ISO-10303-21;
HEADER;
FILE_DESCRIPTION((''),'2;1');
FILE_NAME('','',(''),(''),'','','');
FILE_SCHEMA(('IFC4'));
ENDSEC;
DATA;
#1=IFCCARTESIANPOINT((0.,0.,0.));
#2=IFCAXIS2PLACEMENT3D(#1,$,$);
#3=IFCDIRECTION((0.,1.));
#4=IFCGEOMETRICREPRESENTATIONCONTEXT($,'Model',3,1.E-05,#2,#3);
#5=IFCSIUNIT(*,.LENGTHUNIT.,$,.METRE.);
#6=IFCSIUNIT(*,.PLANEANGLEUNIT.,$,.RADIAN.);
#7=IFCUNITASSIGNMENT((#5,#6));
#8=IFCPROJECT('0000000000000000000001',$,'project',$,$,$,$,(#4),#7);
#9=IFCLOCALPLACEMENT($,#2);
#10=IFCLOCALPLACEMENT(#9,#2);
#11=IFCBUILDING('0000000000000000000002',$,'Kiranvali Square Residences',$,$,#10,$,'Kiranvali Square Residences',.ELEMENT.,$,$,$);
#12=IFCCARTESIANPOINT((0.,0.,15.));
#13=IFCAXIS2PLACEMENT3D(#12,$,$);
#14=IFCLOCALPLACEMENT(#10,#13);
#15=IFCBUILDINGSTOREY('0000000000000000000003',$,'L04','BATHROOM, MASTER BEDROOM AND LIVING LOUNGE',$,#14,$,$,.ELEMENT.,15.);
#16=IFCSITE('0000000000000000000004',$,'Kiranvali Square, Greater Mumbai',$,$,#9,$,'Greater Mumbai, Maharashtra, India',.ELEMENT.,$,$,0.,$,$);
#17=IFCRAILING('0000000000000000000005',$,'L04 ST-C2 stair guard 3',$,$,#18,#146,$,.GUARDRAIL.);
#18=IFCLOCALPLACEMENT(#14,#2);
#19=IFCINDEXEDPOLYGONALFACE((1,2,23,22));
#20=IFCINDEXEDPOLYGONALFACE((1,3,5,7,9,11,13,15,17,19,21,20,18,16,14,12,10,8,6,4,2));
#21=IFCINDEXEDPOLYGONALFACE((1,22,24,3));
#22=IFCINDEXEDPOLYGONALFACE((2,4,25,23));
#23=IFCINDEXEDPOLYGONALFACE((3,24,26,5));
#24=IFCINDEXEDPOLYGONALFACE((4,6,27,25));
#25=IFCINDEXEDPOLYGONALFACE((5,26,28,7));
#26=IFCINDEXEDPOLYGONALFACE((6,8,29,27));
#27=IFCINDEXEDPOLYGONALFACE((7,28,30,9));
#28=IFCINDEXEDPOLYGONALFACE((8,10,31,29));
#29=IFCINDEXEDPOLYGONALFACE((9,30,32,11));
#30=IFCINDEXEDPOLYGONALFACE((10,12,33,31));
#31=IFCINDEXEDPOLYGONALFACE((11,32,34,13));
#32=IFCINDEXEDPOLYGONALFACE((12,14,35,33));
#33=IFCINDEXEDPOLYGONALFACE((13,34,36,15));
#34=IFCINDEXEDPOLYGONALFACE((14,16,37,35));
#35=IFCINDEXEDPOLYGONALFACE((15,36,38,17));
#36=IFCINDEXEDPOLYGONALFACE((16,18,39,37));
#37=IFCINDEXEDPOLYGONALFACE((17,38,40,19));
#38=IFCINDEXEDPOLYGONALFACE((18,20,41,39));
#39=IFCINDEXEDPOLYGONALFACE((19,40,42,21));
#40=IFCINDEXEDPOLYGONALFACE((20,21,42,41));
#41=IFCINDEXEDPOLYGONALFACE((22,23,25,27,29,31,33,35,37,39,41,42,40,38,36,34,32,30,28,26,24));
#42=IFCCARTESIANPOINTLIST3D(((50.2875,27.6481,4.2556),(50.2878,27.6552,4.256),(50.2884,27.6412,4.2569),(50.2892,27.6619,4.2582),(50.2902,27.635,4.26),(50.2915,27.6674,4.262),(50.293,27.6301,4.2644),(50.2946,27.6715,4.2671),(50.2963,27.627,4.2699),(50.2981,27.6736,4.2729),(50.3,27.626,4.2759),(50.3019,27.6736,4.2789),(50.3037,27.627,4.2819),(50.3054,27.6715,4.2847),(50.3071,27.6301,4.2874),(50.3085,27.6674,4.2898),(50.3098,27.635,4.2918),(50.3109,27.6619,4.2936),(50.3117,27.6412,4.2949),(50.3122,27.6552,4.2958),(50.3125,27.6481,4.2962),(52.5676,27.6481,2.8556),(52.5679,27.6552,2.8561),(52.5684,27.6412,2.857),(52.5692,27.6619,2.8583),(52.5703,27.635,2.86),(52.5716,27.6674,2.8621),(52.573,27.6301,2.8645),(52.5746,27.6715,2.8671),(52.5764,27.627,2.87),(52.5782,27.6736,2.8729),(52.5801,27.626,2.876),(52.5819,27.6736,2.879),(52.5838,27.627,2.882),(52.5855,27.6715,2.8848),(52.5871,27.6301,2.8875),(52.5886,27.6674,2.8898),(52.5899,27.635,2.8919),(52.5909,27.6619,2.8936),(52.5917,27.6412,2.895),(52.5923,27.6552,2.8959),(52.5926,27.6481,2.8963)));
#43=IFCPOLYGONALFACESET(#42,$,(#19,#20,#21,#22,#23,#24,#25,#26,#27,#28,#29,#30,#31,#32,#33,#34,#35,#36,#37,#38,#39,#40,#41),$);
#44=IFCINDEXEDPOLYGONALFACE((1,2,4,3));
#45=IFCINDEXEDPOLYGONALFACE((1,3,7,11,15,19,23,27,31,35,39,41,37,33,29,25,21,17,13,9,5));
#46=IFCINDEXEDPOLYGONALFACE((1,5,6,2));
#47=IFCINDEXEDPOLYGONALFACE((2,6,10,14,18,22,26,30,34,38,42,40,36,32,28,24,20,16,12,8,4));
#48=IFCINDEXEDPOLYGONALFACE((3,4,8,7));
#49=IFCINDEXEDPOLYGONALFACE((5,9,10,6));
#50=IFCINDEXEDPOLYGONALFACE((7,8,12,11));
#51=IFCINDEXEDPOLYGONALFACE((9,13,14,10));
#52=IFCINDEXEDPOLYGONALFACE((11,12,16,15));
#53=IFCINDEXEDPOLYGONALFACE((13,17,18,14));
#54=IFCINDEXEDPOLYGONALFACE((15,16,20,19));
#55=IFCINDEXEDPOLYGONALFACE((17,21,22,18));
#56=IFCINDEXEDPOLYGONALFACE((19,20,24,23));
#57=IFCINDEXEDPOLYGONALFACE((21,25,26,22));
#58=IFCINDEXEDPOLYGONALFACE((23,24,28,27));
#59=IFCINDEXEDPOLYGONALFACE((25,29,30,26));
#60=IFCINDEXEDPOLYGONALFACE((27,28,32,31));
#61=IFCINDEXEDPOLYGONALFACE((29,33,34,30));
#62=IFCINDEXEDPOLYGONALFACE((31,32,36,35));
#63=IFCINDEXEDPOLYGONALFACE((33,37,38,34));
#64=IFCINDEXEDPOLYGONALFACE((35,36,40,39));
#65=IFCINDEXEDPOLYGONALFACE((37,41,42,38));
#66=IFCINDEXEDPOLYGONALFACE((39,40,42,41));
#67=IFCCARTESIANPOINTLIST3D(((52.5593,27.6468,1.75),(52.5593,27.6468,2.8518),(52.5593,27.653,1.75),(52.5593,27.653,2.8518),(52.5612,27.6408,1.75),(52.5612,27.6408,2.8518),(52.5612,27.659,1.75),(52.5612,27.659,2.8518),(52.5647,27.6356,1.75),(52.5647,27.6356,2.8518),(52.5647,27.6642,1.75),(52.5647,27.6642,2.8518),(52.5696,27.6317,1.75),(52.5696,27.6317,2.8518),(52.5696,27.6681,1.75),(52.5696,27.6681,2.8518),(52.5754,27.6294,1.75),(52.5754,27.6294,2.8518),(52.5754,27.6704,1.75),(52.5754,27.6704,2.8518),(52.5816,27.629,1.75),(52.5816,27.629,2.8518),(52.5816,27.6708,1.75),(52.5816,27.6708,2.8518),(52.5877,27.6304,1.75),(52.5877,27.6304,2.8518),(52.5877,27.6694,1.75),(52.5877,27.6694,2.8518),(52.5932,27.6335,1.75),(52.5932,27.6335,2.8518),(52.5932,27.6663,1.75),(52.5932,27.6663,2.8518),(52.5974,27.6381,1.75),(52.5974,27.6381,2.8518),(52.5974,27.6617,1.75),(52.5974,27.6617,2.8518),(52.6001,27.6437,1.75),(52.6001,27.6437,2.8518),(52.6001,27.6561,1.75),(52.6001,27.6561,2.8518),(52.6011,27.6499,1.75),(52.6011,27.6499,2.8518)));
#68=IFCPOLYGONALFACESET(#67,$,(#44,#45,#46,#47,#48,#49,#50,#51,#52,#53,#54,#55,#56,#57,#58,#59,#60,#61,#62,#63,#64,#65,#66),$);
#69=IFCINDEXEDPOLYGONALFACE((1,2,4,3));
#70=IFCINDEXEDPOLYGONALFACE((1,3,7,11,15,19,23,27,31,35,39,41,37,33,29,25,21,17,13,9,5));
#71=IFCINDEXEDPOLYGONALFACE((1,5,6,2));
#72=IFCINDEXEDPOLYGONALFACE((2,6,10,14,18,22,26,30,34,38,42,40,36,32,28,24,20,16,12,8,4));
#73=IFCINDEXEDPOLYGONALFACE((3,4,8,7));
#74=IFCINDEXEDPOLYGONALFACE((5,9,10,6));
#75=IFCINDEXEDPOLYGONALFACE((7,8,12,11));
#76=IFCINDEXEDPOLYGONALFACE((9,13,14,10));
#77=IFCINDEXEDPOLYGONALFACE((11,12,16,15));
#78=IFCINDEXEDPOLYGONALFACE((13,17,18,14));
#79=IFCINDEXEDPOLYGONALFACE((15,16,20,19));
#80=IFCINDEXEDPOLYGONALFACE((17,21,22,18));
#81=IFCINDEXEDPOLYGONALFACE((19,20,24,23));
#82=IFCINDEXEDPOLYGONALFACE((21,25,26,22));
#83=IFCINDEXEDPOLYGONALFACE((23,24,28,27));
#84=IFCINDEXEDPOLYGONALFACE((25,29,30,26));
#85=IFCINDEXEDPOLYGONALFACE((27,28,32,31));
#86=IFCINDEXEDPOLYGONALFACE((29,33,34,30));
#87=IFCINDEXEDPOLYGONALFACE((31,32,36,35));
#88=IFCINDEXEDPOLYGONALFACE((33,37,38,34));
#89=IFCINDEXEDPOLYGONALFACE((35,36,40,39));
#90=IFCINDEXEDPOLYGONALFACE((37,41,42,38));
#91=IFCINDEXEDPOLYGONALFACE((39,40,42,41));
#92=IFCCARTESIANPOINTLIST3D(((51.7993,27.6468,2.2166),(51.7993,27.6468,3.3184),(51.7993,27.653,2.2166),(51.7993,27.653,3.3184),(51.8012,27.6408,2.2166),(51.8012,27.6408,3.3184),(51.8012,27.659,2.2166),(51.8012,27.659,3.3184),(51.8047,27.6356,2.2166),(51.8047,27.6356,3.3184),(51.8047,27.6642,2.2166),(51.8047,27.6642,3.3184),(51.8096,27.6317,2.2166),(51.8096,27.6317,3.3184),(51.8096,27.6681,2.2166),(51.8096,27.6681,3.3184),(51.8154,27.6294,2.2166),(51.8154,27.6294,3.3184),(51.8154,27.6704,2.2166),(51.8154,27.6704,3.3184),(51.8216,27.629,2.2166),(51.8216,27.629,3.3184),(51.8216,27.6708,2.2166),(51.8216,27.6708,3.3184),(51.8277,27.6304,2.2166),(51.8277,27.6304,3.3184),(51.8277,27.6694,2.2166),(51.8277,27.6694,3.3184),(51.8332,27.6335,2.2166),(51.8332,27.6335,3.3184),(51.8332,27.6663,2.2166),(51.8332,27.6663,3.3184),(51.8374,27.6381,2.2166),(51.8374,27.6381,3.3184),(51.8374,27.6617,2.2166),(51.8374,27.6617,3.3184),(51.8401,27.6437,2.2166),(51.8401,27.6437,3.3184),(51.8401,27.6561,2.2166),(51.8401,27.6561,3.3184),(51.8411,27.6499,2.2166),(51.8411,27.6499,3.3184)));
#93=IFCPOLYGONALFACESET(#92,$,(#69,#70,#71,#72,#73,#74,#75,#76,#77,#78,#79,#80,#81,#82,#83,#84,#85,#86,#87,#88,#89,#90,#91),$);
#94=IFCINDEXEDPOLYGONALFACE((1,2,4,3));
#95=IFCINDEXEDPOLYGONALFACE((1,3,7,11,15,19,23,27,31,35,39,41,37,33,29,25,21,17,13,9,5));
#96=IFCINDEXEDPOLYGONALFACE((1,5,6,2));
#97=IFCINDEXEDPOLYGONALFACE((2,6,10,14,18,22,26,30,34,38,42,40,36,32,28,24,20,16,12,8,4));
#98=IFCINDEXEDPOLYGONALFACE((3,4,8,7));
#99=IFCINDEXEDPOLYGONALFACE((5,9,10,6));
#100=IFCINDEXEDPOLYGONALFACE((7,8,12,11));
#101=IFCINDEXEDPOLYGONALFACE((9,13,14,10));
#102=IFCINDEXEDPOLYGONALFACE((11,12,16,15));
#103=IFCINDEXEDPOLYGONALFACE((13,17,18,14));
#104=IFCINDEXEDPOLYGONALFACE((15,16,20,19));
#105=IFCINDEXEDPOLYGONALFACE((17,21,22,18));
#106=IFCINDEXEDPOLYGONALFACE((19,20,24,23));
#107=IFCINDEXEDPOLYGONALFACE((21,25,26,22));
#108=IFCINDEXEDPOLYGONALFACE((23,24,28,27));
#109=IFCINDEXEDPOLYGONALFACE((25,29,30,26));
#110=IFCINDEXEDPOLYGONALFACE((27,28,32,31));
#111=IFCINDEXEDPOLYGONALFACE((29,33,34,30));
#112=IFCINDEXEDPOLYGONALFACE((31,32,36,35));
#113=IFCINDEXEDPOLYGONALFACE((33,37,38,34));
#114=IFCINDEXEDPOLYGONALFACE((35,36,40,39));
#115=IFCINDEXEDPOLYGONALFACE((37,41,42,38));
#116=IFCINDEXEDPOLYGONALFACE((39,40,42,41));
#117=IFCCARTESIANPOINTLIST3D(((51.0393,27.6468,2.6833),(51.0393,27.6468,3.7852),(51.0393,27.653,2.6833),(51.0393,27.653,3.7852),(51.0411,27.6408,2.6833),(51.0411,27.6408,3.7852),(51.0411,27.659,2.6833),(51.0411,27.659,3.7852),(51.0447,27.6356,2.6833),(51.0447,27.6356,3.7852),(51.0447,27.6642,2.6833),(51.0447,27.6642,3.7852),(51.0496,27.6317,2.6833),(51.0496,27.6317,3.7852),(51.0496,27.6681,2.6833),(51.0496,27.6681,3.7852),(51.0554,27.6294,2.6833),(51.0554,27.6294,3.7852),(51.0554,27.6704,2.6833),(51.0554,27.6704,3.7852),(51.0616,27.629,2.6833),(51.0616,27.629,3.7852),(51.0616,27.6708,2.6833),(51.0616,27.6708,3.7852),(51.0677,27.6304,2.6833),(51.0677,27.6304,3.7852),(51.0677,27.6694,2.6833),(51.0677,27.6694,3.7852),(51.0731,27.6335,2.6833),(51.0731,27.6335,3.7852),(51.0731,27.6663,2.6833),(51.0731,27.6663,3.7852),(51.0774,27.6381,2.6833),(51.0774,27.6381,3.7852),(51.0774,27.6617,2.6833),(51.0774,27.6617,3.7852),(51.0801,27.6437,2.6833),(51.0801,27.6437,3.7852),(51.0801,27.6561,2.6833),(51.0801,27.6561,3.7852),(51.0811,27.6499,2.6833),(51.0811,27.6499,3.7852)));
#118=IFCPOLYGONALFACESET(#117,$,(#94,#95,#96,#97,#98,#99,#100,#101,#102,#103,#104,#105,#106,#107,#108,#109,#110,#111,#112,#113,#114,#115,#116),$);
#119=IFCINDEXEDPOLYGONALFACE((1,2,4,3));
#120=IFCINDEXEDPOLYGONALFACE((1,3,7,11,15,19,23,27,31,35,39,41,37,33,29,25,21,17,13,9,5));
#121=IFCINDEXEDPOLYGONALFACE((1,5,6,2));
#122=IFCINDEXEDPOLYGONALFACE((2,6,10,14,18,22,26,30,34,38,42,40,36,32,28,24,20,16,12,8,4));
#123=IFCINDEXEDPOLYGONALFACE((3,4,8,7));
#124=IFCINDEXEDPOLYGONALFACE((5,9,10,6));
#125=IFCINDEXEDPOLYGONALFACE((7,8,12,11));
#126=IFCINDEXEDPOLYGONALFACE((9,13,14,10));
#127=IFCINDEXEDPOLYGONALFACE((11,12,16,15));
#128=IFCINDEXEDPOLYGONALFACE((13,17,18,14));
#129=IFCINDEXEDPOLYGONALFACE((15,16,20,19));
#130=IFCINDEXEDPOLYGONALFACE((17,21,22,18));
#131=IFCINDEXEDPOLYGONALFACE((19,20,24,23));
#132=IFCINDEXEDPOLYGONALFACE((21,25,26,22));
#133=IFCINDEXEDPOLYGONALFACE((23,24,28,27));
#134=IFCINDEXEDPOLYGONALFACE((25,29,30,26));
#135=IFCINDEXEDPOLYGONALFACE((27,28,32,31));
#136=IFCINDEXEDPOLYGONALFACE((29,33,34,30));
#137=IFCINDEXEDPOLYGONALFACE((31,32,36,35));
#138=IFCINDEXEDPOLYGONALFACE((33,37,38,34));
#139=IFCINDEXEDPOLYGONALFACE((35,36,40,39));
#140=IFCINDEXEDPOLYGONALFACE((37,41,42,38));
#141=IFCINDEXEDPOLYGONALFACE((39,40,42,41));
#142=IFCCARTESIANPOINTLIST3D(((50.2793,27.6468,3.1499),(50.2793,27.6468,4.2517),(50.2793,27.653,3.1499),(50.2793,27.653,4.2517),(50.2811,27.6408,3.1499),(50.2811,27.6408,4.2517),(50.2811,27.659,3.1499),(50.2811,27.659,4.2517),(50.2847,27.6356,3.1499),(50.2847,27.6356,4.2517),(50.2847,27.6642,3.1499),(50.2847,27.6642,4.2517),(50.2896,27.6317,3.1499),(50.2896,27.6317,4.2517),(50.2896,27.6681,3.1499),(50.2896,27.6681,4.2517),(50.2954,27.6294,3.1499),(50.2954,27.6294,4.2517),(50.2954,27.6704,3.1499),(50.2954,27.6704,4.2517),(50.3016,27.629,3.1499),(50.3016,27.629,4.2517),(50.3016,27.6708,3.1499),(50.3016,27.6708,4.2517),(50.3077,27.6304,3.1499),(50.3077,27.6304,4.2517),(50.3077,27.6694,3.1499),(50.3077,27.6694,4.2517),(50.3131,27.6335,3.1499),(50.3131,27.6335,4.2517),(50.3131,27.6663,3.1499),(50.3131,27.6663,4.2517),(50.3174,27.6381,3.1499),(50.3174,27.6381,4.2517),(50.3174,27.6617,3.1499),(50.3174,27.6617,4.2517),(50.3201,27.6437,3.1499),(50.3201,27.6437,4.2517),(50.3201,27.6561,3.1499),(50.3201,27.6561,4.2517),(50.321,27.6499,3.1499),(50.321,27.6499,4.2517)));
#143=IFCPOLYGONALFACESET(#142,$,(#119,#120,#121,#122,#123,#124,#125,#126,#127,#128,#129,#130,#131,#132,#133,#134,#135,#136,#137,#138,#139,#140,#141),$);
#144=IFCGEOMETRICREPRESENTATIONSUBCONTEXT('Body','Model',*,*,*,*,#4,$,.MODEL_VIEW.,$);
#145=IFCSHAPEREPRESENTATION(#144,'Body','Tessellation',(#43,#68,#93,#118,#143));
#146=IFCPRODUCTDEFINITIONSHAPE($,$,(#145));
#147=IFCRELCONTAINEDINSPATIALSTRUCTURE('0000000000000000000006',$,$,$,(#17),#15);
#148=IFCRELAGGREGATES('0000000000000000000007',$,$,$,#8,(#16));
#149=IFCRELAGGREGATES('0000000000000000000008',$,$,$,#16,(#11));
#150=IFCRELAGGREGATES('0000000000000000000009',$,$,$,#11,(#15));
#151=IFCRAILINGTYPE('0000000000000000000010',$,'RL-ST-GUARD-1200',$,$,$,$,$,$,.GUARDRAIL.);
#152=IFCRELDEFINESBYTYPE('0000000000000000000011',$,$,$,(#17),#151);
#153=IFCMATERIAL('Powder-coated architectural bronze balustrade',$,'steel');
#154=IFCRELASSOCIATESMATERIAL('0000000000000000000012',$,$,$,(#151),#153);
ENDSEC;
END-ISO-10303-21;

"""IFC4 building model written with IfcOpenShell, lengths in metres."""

from ifc_helpers import new_model, si_unit, direction, frame, origin, origin_2d, place, context, subcontext, project, spatial, circle, extrude, material, type_object, element, save


model = new_model("IFC4")

# Units and contexts
model_context = context("Model", 3, precision=1e-05, world=origin(), true_north=direction((0.0, 1.0)))
body_context = subcontext(model_context, "Body", "Model", "MODEL_VIEW")
ifc_project = project(units=[si_unit("LENGTHUNIT", "METRE"), si_unit("PLANEANGLEUNIT", "RADIAN")], contexts=[model_context])

# Site, building, storey
site_placement = place(None, origin())
site = spatial("IfcSite", under=ifc_project, at=site_placement, Name="Kiranvali Square, Greater Mumbai", LongName="Greater Mumbai, Maharashtra, India", CompositionType="ELEMENT", RefElevation=0.0)
building_placement = place(site_placement, origin())
building = spatial("IfcBuilding", under=site, at=building_placement, Name="Kiranvali Square Residences", LongName="Kiranvali Square Residences", CompositionType="ELEMENT")
storey_placement = place(building_placement, frame((0.0, 0.0, 15.0)))
storey = spatial("IfcBuildingStorey", under=building, at=storey_placement, Name="L04", Description="BATHROOM, MASTER BEDROOM AND LIVING LOUNGE", CompositionType="ELEMENT", Elevation=15.0)

# Railing
ifc_material_1 = material(Name="Powder-coated architectural bronze balustrade", Category="steel")
railing_type_1 = type_object("IfcRailingType", Name="RL-ST-GUARD-1200", PredefinedType="GUARDRAIL", material=ifc_material_1)
railing_1_placement = place(storey_placement, frame((52.5801, 27.6499, 1.75)))
element("IfcRailing", 1, at=railing_1_placement, inside=storey, type_object=railing_type_1, Name="L04 ST-C2 stair guard 3", PredefinedType="GUARDRAIL", context=body_context, shape_type="SweptSolid", body=[
    extrude(circle(Radius=0.0239, at=origin_2d()), frame((0.0, 0.0, 1.126), z_axis=(-0.85219, 0.0, 0.523232), x_axis=(0.0, -1.0, 0.0)), (0.0, 0.0, 1.0), 2.6755),
    extrude(circle(Radius=0.021, at=origin_2d()), origin(), (0.0, 0.0, 1.0), 1.1018),
    extrude(circle(Radius=0.021, at=origin_2d()), frame((-0.76, 0.0, 0.4666)), (0.0, 0.0, 1.0), 1.1018),
    extrude(circle(Radius=0.021, at=origin_2d()), frame((-1.52, 0.0, 0.9333)), (0.0, 0.0, 1.0), 1.1018),
    extrude(circle(Radius=0.021, at=origin_2d()), frame((-2.28, 0.0, 1.3999)), (0.0, 0.0, 1.0), 1.1018),
])

save(model, "model.ifc")
